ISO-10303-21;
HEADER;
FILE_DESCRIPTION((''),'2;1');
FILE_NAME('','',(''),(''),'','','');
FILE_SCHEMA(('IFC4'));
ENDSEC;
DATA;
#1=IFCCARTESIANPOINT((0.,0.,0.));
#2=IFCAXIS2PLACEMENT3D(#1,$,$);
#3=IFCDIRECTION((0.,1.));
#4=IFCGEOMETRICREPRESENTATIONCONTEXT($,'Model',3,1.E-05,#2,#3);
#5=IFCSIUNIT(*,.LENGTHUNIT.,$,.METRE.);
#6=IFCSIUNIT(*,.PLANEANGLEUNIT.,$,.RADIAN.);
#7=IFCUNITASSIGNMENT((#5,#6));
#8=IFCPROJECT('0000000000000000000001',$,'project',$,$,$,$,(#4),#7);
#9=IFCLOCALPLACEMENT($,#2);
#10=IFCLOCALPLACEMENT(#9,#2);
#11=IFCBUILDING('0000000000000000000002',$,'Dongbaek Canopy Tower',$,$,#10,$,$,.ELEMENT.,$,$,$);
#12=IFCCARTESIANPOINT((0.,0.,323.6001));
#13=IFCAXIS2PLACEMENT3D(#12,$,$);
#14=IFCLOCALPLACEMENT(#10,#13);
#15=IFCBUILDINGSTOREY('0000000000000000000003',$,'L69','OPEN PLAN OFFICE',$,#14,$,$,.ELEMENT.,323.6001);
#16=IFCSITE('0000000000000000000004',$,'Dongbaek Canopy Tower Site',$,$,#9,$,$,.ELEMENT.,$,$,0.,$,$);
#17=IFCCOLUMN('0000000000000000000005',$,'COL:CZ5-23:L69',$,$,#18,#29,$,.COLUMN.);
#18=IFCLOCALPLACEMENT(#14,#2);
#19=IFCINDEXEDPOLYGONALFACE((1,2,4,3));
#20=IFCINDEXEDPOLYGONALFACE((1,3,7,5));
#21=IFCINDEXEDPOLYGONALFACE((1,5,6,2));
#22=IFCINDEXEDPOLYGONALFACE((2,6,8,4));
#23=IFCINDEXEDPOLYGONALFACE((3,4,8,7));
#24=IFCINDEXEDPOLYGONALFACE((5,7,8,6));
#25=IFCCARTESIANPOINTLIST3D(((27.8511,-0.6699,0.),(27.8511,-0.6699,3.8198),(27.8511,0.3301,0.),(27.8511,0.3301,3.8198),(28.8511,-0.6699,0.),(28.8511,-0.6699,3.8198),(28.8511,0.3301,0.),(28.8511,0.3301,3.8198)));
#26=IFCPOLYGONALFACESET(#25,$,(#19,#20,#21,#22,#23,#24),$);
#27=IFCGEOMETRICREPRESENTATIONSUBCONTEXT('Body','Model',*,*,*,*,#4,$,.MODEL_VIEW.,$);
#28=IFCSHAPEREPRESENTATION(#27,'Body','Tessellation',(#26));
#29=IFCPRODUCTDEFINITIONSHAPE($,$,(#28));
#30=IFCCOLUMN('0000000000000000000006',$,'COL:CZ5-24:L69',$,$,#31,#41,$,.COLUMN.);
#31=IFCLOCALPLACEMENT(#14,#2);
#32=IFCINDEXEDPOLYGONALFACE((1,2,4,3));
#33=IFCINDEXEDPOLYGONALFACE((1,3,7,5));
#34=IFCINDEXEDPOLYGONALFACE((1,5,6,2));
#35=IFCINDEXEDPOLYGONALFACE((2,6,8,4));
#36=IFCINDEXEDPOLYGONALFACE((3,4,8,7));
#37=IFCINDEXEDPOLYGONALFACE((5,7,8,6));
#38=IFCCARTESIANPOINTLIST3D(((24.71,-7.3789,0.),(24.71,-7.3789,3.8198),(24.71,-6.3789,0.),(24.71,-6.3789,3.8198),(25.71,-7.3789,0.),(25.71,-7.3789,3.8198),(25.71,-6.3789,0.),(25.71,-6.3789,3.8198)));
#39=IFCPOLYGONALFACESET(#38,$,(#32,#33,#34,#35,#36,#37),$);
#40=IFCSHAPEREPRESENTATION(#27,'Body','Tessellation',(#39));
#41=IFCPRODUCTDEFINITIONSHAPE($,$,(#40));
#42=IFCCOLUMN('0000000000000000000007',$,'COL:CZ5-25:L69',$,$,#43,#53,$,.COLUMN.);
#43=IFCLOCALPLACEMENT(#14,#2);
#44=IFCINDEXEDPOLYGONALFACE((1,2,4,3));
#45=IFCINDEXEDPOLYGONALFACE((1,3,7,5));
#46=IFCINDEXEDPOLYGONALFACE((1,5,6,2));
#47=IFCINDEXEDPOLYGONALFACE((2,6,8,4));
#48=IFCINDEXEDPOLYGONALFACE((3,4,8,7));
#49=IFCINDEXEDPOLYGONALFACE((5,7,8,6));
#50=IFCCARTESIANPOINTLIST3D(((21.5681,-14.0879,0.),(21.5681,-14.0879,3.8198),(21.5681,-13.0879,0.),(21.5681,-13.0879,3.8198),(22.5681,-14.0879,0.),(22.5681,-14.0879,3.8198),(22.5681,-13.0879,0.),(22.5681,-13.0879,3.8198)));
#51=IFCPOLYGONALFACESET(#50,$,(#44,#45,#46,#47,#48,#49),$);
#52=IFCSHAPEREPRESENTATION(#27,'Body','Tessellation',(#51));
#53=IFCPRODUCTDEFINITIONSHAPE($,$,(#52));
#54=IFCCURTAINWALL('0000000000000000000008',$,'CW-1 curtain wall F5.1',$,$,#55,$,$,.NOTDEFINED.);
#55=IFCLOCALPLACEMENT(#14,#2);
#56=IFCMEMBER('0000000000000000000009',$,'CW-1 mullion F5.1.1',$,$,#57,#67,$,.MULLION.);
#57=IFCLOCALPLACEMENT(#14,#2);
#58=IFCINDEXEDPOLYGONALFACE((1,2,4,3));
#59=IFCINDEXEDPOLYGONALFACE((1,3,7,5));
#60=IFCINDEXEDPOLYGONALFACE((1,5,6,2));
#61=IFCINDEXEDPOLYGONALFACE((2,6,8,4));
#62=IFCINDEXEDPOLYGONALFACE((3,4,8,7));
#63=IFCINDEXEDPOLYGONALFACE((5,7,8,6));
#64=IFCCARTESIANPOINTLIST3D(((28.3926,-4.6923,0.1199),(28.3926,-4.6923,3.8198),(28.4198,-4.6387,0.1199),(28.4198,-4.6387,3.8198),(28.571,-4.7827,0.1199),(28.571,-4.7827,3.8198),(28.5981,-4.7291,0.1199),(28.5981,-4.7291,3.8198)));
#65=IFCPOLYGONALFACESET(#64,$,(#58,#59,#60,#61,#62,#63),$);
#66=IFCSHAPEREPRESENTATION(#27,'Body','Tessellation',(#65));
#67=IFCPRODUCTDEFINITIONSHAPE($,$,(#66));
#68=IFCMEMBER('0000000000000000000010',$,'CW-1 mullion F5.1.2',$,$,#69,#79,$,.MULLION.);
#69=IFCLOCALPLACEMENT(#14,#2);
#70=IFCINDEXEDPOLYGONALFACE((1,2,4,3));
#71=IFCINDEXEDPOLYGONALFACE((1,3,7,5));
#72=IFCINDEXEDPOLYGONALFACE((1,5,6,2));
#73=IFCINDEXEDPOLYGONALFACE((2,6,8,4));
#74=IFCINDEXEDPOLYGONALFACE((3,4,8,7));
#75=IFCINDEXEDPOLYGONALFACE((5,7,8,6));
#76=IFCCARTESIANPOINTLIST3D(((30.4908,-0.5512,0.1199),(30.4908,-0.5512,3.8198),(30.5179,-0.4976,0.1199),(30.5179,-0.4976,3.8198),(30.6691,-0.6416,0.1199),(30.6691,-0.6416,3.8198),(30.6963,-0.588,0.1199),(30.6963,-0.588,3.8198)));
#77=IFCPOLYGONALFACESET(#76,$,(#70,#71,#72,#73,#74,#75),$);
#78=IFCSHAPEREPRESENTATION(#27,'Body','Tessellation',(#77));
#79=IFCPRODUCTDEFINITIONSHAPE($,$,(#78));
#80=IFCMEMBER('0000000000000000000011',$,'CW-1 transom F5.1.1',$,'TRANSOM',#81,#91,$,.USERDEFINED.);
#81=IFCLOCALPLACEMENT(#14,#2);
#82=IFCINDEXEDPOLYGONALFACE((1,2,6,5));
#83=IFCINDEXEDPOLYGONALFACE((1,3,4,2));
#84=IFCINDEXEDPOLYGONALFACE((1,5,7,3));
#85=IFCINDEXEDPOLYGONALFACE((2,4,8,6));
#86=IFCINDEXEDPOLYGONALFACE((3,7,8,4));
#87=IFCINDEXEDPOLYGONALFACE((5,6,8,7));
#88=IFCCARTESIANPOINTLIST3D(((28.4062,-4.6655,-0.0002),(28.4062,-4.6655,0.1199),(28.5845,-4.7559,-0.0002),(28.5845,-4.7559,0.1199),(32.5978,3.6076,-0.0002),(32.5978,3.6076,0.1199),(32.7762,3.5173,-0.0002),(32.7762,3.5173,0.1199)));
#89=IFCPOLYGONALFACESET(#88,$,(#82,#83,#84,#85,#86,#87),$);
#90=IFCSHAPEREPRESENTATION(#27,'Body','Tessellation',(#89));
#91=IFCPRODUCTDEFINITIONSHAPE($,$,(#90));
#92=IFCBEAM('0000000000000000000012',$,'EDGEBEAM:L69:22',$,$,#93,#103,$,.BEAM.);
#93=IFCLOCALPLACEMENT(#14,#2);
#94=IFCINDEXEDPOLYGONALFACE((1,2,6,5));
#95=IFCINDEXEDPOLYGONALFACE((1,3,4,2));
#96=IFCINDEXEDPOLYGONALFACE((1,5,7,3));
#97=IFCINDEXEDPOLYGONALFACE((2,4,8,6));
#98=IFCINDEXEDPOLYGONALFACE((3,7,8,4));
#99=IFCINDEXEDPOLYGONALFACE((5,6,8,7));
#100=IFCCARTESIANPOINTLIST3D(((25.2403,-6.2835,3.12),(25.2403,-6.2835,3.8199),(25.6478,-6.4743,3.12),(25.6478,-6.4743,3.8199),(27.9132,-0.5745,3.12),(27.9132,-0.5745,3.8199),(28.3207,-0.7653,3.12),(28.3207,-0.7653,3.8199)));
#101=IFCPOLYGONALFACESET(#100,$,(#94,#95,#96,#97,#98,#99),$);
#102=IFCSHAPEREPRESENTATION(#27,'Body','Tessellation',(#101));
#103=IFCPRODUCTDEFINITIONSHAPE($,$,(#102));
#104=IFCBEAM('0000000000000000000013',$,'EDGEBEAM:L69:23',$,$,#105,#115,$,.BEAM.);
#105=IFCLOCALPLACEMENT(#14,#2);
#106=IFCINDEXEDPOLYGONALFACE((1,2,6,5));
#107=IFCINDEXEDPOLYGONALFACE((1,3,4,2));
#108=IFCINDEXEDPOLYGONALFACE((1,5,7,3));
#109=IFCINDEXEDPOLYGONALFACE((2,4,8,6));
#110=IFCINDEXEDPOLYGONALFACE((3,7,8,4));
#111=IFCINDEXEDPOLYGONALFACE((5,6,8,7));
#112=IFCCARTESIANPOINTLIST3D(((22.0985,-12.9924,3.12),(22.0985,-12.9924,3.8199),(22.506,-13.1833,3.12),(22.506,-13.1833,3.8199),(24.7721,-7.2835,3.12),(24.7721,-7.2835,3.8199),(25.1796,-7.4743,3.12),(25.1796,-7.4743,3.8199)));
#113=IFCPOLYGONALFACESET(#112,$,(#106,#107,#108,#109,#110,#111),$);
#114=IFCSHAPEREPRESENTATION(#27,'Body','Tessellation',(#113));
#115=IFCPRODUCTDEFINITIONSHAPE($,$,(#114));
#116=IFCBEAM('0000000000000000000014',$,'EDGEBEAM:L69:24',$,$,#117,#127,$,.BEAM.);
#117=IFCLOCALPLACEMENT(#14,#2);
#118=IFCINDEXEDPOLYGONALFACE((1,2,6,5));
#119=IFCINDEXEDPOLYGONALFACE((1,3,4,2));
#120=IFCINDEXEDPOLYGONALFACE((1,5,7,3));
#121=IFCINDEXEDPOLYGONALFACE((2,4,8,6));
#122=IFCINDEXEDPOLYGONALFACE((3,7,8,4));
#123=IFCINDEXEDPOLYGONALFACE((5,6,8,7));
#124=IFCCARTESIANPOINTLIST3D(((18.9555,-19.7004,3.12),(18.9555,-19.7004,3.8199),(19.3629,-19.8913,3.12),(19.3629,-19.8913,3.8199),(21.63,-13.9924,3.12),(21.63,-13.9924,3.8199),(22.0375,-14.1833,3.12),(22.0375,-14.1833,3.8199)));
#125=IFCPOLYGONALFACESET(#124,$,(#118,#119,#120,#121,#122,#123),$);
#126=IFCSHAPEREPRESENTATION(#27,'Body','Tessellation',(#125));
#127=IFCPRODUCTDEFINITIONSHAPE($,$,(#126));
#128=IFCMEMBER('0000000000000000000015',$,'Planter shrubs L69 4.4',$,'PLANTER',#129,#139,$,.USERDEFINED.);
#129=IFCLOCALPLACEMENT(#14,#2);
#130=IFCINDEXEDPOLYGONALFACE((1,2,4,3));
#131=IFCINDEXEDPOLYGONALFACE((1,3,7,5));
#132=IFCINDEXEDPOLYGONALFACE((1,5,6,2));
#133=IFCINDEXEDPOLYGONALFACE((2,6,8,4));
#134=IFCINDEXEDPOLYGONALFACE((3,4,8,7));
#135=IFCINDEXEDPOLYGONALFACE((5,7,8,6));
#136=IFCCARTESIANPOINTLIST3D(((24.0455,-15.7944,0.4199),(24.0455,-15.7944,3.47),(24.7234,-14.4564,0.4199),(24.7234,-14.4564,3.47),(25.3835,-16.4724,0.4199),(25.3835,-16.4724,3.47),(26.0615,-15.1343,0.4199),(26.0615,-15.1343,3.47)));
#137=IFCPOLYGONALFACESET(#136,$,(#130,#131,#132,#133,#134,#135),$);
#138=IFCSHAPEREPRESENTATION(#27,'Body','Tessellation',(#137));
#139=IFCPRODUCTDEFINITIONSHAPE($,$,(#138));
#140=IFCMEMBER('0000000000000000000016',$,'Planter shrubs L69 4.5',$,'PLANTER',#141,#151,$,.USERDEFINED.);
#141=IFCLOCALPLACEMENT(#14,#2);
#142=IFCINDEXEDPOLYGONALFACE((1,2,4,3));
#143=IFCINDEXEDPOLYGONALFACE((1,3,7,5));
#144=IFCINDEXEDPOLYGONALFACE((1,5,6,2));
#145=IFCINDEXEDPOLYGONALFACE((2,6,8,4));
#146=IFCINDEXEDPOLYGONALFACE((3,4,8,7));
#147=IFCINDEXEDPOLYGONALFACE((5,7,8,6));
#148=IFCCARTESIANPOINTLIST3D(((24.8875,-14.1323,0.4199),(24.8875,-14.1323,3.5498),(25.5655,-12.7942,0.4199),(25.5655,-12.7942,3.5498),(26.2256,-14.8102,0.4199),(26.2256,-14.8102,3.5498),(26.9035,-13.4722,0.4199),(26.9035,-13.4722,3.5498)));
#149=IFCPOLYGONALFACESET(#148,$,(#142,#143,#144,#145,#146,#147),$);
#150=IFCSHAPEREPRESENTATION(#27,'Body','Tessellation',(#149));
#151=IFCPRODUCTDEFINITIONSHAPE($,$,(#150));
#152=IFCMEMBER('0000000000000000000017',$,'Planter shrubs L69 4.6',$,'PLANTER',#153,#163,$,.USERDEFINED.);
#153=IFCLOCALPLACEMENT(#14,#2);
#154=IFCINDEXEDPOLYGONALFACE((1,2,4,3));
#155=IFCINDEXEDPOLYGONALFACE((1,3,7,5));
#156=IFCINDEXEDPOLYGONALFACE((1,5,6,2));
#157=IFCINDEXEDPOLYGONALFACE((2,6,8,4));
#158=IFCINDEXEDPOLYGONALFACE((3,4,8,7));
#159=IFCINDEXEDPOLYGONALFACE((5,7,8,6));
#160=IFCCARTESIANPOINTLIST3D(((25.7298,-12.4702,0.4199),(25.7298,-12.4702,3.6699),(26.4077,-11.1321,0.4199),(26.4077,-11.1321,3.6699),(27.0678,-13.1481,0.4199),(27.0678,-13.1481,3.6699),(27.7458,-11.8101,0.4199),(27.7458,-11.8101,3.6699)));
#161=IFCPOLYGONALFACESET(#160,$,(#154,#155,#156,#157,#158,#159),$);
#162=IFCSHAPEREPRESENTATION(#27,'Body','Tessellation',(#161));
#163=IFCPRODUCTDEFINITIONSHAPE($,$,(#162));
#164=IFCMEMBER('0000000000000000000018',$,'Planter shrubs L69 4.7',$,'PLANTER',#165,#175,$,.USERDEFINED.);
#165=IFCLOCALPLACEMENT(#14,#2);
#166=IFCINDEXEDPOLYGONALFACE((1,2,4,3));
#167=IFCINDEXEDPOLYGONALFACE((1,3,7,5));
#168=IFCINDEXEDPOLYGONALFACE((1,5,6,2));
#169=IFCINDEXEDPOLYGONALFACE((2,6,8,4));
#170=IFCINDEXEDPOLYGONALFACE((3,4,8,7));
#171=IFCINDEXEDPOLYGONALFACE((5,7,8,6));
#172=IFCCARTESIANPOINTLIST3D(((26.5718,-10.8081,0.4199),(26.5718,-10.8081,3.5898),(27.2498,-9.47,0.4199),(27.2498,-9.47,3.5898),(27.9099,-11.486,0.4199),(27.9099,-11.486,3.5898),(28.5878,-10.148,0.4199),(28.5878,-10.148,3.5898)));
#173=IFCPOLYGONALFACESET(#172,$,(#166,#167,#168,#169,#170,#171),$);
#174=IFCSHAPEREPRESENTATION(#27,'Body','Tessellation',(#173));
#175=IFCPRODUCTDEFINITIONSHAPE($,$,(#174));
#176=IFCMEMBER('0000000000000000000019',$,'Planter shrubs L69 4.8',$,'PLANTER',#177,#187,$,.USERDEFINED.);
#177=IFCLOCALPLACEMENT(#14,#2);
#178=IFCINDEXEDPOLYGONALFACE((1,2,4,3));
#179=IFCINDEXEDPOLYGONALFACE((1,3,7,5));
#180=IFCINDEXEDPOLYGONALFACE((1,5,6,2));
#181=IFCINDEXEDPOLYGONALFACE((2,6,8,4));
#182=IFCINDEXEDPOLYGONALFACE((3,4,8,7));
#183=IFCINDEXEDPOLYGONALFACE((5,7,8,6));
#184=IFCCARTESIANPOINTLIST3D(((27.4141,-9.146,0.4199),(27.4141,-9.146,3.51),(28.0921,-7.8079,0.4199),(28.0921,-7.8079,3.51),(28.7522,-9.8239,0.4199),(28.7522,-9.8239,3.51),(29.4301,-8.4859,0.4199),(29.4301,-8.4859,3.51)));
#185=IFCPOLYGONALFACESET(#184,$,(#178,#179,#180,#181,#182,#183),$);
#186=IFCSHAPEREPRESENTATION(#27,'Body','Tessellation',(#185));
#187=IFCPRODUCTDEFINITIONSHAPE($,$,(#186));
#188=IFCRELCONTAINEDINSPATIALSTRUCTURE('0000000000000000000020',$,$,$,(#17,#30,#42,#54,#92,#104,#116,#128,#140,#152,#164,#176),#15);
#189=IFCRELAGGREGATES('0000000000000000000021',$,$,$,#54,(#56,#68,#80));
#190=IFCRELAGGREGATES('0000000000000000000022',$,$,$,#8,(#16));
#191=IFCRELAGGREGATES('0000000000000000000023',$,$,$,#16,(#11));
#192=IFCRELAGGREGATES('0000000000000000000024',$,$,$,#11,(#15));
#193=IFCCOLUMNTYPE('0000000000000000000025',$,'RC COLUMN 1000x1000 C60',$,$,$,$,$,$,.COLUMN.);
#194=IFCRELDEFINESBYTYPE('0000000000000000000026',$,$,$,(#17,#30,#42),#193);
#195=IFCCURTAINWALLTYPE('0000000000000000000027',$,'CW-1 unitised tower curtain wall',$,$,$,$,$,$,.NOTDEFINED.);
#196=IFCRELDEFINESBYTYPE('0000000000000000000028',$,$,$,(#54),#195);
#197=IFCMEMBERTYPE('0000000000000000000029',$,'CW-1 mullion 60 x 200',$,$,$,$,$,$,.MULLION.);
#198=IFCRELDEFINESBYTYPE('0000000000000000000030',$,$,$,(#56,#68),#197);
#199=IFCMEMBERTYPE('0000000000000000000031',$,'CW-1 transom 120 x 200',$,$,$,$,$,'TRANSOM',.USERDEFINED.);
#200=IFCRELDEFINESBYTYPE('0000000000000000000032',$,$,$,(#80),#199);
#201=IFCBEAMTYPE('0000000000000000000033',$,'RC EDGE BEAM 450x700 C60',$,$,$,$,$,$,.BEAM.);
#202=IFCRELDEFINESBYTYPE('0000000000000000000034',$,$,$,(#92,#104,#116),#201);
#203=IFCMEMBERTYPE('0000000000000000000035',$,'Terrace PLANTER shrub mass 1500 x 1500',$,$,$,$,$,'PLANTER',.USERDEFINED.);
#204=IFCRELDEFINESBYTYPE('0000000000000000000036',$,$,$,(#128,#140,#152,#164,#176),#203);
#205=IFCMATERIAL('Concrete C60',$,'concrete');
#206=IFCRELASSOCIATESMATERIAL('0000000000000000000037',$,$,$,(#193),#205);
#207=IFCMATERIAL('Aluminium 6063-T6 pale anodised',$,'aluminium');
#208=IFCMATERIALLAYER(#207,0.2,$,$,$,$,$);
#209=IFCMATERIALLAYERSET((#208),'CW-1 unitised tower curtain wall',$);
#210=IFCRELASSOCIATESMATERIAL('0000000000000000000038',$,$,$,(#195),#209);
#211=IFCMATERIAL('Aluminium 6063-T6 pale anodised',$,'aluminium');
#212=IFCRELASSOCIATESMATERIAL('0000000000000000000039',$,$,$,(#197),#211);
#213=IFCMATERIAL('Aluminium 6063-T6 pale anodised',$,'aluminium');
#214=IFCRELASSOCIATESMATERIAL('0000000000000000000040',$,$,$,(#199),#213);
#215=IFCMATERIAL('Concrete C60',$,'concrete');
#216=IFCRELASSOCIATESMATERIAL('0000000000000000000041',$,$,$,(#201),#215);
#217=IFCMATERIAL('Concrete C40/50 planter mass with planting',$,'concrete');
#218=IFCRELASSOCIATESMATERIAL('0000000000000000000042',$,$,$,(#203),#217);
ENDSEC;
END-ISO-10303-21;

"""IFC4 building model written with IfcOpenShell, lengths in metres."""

from ifc_helpers import new_model, si_unit, direction, frame, origin, origin_2d, place, context, subcontext, project, spatial, rectangle, extrude, material, layer, layer_set, material_profile, profile_set, type_object, element, aggregate, save


model = new_model("IFC4")

# Units and contexts
model_context = context("Model", 3, precision=1e-05, world=origin(), true_north=direction((0.0, 1.0)))
body_context = subcontext(model_context, "Body", "Model", "MODEL_VIEW")
ifc_project = project(units=[si_unit("LENGTHUNIT", "METRE"), si_unit("PLANEANGLEUNIT", "RADIAN")], contexts=[model_context])

# Site, building, storey
site_placement = place(None, origin())
site = spatial("IfcSite", under=ifc_project, at=site_placement, Name="Dongbaek Canopy Tower Site", CompositionType="ELEMENT", RefElevation=0.0)
building_placement = place(site_placement, origin())
building = spatial("IfcBuilding", under=site, at=building_placement, Name="Dongbaek Canopy Tower", CompositionType="ELEMENT")
storey_placement = place(building_placement, frame((0.0, 0.0, 323.6001)))
storey = spatial("IfcBuildingStorey", under=building, at=storey_placement, Name="L69", Description="OPEN PLAN OFFICE", CompositionType="ELEMENT", Elevation=323.6001)

# Columns
ifc_material_1 = material(Name="Concrete C60", Category="concrete")
ifc_material_profile_1 = material_profile(ifc_material_1, rectangle(XDim=1.0, YDim=1.0, at=origin_2d()), Name="RC COLUMN 1000x1000 C60")
ifc_profile_set_1 = profile_set([ifc_material_profile_1], Name="Concrete C60")
column_type = type_object("IfcColumnType", Name="RC COLUMN 1000x1000 C60", PredefinedType="COLUMN", material=ifc_profile_set_1)
for number, where, z_axis, x_axis, name in (
    (1, (28.3511, -0.1699, 0.0), (0.0, 0.0, 1.0), (1.0, 0.0, 0.0), "COL:CZ5-23:L69"),
    (2, (25.21, -6.8789, 0.0), (0.0, 0.0, 1.0), (1.0, 0.0, 0.0), "COL:CZ5-24:L69"),
    (3, (22.0681, -13.5879, 0.0), (0.0, 0.0, 1.0), (1.0, 0.0, 0.0), "COL:CZ5-25:L69"),
):
    element("IfcColumn", number, at=place(storey_placement, frame(where, z_axis=z_axis, x_axis=x_axis)), inside=storey, type_object=column_type, Name=name, PredefinedType="COLUMN", context=body_context, shape_type="SweptSolid", body=[
        extrude(rectangle(XDim=1.0, YDim=1.0, at=origin_2d()), origin(), (0.0, 0.0, 1.0), 3.8198),
    ])

# Curtain wall, members
ifc_material_2 = material(Name="Aluminium 6063-T6 pale anodised", Category="aluminium")
ifc_layer_1 = layer(ifc_material_2, 0.2)
ifc_layer_set_1 = layer_set([ifc_layer_1], Name="CW-1 unitised tower curtain wall")
curtain_wall_type = type_object("IfcCurtainWallType", Name="CW-1 unitised tower curtain wall", PredefinedType="NOTDEFINED", material=ifc_layer_set_1)
curtain_wall_placement = place(storey_placement, origin())
curtain_wall = element("IfcCurtainWall", 4, at=curtain_wall_placement, inside=storey, type_object=curtain_wall_type, Name="CW-1 curtain wall F5.1", PredefinedType="NOTDEFINED")
ifc_material_3 = material(Name="Aluminium 6063-T6 pale anodised", Category="aluminium")
ifc_material_profile_2 = material_profile(ifc_material_3, rectangle(XDim=0.2, YDim=0.0601, at=origin_2d()), Name="CW-1 mullion 60 x 200")
ifc_profile_set_2 = profile_set([ifc_material_profile_2], Name="Aluminium 6063-T6 pale anodised")
member_type_1 = type_object("IfcMemberType", Name="CW-1 mullion 60 x 200", PredefinedType="MULLION", material=ifc_profile_set_2)
member_1_placement = place(storey_placement, frame((28.4954, -4.7107, 0.1199), z_axis=(0.0, 0.0, 1.0), x_axis=(0.892033, -0.45197, 0.0)))
member_1 = element("IfcMember", 5, at=member_1_placement, type_object=member_type_1, Name="CW-1 mullion F5.1.1", PredefinedType="MULLION", context=body_context, shape_type="SweptSolid", body=[
    extrude(rectangle(XDim=0.2, YDim=0.0601, at=origin_2d()), origin(), (0.0, 0.0, 1.0), 3.7),
])
member_2_placement = place(storey_placement, frame((30.5935, -0.5696, 0.1199), z_axis=(0.0, 0.0, 1.0), x_axis=(0.892033, -0.45197, 0.0)))
member_2 = element("IfcMember", 6, at=member_2_placement, type_object=member_type_1, Name="CW-1 mullion F5.1.2", PredefinedType="MULLION", context=body_context, shape_type="SweptSolid", body=[
    extrude(rectangle(XDim=0.2, YDim=0.0601, at=origin_2d()), origin(), (0.0, 0.0, 1.0), 3.7),
])
ifc_material_4 = material(Name="Aluminium 6063-T6 pale anodised", Category="aluminium")
ifc_material_profile_3 = material_profile(ifc_material_4, rectangle(XDim=0.2, YDim=0.1201, at=origin_2d()), Name="CW-1 transom 120 x 200")
ifc_profile_set_3 = profile_set([ifc_material_profile_3], Name="Aluminium 6063-T6 pale anodised")
member_type_2 = type_object("IfcMemberType", Name="CW-1 transom 120 x 200", ElementType="TRANSOM", PredefinedType="USERDEFINED", material=ifc_profile_set_3)
member_3_placement = place(storey_placement, frame((28.4954, -4.7107, 0.0598), z_axis=(0.451956, 0.89204, 0.0), x_axis=(-0.89204, 0.451956, 0.0)))
member_3 = element("IfcMember", 7, at=member_3_placement, type_object=member_type_2, Name="CW-1 transom F5.1.1", ObjectType="TRANSOM", PredefinedType="USERDEFINED", context=body_context, shape_type="SweptSolid", body=[
    extrude(rectangle(XDim=0.2, YDim=0.1201, at=origin_2d()), origin(), (0.0, 0.0, 1.0), 9.2744),
])

# Beams
ifc_material_5 = material(Name="Concrete C60", Category="concrete")
ifc_material_profile_4 = material_profile(ifc_material_5, rectangle(XDim=0.45, YDim=0.7, at=origin_2d()), Name="RC EDGE BEAM 450x700 C60")
ifc_profile_set_4 = profile_set([ifc_material_profile_4], Name="Concrete C60")
beam_type = type_object("IfcBeamType", Name="RC EDGE BEAM 450x700 C60", PredefinedType="BEAM", material=ifc_profile_set_4)
beam_1_placement = place(storey_placement, frame((28.1169, -0.6699, 3.47), z_axis=(-0.424013, -0.905656, 0.0), x_axis=(0.905656, -0.424013, 0.0)))
element("IfcBeam", 8, at=beam_1_placement, inside=storey, type_object=beam_type, Name="EDGEBEAM:L69:22", PredefinedType="BEAM", context=body_context, shape_type="SweptSolid", body=[
    extrude(rectangle(XDim=0.45, YDim=0.7, at=origin_2d()), origin(), (0.0, 0.0, 1.0), 6.3037),
])
beam_2_placement = place(storey_placement, frame((24.9758, -7.3789, 3.47), z_axis=(-0.424108, -0.905611, 0.0), x_axis=(0.905611, -0.424108, 0.0)))
element("IfcBeam", 9, at=beam_2_placement, inside=storey, type_object=beam_type, Name="EDGEBEAM:L69:23", PredefinedType="BEAM", context=body_context, shape_type="SweptSolid", body=[
    extrude(rectangle(XDim=0.45, YDim=0.7, at=origin_2d()), origin(), (0.0, 0.0, 1.0), 6.304),
])
beam_3_placement = place(storey_placement, frame((21.8337, -14.0879, 3.47), z_axis=(-0.424295, -0.905524, 0.0), x_axis=(0.905524, -0.424295, 0.0)))
element("IfcBeam", 10, at=beam_3_placement, inside=storey, type_object=beam_type, Name="EDGEBEAM:L69:24", PredefinedType="BEAM", context=body_context, shape_type="SweptSolid", body=[
    extrude(rectangle(XDim=0.45, YDim=0.7, at=origin_2d()), origin(), (0.0, 0.0, 1.0), 6.3035),
])

# Members
ifc_material_6 = material(Name="Concrete C40/50 planter mass with planting", Category="concrete")
ifc_material_profile_5 = material_profile(ifc_material_6, rectangle(XDim=1.5, YDim=1.5, at=origin_2d()), Name="Terrace PLANTER shrub mass 1500 x 1500")
ifc_profile_set_5 = profile_set([ifc_material_profile_5], Name="Concrete C40/50 planter mass with planting")
member_type_3 = type_object("IfcMemberType", Name="Terrace PLANTER shrub mass 1500 x 1500", ElementType="PLANTER", PredefinedType="USERDEFINED", material=ifc_profile_set_5)
member_4_placement = place(storey_placement, frame((25.0535, -15.4644, 0.4199), z_axis=(0.0, 0.0, 1.0), x_axis=(0.892033, -0.45197, 0.0)))
element("IfcMember", 11, at=member_4_placement, inside=storey, type_object=member_type_3, Name="Planter shrubs L69 4.4", ObjectType="PLANTER", PredefinedType="USERDEFINED", context=body_context, shape_type="SweptSolid", body=[
    extrude(rectangle(XDim=1.5, YDim=1.5, at=origin_2d()), origin(), (0.0, 0.0, 1.0), 3.05),
])
member_5_placement = place(storey_placement, frame((25.8955, -13.8022, 0.4199), z_axis=(0.0, 0.0, 1.0), x_axis=(0.892033, -0.45197, 0.0)))
element("IfcMember", 12, at=member_5_placement, inside=storey, type_object=member_type_3, Name="Planter shrubs L69 4.5", ObjectType="PLANTER", PredefinedType="USERDEFINED", context=body_context, shape_type="SweptSolid", body=[
    extrude(rectangle(XDim=1.5, YDim=1.5, at=origin_2d()), origin(), (0.0, 0.0, 1.0), 3.1299),
])
member_6_placement = place(storey_placement, frame((26.7378, -12.1401, 0.4199), z_axis=(0.0, 0.0, 1.0), x_axis=(0.892033, -0.45197, 0.0)))
element("IfcMember", 13, at=member_6_placement, inside=storey, type_object=member_type_3, Name="Planter shrubs L69 4.6", ObjectType="PLANTER", PredefinedType="USERDEFINED", context=body_context, shape_type="SweptSolid", body=[
    extrude(rectangle(XDim=1.5, YDim=1.5, at=origin_2d()), origin(), (0.0, 0.0, 1.0), 3.25),
])
member_7_placement = place(storey_placement, frame((27.5798, -10.478, 0.4199), z_axis=(0.0, 0.0, 1.0), x_axis=(0.892033, -0.45197, 0.0)))
element("IfcMember", 14, at=member_7_placement, inside=storey, type_object=member_type_3, Name="Planter shrubs L69 4.7", ObjectType="PLANTER", PredefinedType="USERDEFINED", context=body_context, shape_type="SweptSolid", body=[
    extrude(rectangle(XDim=1.5, YDim=1.5, at=origin_2d()), origin(), (0.0, 0.0, 1.0), 3.1699),
])
member_8_placement = place(storey_placement, frame((28.4221, -8.8159, 0.4199), z_axis=(0.0, 0.0, 1.0), x_axis=(0.892033, -0.45197, 0.0)))
element("IfcMember", 15, at=member_8_placement, inside=storey, type_object=member_type_3, Name="Planter shrubs L69 4.8", ObjectType="PLANTER", PredefinedType="USERDEFINED", context=body_context, shape_type="SweptSolid", body=[
    extrude(rectangle(XDim=1.5, YDim=1.5, at=origin_2d()), origin(), (0.0, 0.0, 1.0), 3.0901),
])

aggregate(curtain_wall, [member_1, member_2, member_3])

save(model, "model.ifc")
